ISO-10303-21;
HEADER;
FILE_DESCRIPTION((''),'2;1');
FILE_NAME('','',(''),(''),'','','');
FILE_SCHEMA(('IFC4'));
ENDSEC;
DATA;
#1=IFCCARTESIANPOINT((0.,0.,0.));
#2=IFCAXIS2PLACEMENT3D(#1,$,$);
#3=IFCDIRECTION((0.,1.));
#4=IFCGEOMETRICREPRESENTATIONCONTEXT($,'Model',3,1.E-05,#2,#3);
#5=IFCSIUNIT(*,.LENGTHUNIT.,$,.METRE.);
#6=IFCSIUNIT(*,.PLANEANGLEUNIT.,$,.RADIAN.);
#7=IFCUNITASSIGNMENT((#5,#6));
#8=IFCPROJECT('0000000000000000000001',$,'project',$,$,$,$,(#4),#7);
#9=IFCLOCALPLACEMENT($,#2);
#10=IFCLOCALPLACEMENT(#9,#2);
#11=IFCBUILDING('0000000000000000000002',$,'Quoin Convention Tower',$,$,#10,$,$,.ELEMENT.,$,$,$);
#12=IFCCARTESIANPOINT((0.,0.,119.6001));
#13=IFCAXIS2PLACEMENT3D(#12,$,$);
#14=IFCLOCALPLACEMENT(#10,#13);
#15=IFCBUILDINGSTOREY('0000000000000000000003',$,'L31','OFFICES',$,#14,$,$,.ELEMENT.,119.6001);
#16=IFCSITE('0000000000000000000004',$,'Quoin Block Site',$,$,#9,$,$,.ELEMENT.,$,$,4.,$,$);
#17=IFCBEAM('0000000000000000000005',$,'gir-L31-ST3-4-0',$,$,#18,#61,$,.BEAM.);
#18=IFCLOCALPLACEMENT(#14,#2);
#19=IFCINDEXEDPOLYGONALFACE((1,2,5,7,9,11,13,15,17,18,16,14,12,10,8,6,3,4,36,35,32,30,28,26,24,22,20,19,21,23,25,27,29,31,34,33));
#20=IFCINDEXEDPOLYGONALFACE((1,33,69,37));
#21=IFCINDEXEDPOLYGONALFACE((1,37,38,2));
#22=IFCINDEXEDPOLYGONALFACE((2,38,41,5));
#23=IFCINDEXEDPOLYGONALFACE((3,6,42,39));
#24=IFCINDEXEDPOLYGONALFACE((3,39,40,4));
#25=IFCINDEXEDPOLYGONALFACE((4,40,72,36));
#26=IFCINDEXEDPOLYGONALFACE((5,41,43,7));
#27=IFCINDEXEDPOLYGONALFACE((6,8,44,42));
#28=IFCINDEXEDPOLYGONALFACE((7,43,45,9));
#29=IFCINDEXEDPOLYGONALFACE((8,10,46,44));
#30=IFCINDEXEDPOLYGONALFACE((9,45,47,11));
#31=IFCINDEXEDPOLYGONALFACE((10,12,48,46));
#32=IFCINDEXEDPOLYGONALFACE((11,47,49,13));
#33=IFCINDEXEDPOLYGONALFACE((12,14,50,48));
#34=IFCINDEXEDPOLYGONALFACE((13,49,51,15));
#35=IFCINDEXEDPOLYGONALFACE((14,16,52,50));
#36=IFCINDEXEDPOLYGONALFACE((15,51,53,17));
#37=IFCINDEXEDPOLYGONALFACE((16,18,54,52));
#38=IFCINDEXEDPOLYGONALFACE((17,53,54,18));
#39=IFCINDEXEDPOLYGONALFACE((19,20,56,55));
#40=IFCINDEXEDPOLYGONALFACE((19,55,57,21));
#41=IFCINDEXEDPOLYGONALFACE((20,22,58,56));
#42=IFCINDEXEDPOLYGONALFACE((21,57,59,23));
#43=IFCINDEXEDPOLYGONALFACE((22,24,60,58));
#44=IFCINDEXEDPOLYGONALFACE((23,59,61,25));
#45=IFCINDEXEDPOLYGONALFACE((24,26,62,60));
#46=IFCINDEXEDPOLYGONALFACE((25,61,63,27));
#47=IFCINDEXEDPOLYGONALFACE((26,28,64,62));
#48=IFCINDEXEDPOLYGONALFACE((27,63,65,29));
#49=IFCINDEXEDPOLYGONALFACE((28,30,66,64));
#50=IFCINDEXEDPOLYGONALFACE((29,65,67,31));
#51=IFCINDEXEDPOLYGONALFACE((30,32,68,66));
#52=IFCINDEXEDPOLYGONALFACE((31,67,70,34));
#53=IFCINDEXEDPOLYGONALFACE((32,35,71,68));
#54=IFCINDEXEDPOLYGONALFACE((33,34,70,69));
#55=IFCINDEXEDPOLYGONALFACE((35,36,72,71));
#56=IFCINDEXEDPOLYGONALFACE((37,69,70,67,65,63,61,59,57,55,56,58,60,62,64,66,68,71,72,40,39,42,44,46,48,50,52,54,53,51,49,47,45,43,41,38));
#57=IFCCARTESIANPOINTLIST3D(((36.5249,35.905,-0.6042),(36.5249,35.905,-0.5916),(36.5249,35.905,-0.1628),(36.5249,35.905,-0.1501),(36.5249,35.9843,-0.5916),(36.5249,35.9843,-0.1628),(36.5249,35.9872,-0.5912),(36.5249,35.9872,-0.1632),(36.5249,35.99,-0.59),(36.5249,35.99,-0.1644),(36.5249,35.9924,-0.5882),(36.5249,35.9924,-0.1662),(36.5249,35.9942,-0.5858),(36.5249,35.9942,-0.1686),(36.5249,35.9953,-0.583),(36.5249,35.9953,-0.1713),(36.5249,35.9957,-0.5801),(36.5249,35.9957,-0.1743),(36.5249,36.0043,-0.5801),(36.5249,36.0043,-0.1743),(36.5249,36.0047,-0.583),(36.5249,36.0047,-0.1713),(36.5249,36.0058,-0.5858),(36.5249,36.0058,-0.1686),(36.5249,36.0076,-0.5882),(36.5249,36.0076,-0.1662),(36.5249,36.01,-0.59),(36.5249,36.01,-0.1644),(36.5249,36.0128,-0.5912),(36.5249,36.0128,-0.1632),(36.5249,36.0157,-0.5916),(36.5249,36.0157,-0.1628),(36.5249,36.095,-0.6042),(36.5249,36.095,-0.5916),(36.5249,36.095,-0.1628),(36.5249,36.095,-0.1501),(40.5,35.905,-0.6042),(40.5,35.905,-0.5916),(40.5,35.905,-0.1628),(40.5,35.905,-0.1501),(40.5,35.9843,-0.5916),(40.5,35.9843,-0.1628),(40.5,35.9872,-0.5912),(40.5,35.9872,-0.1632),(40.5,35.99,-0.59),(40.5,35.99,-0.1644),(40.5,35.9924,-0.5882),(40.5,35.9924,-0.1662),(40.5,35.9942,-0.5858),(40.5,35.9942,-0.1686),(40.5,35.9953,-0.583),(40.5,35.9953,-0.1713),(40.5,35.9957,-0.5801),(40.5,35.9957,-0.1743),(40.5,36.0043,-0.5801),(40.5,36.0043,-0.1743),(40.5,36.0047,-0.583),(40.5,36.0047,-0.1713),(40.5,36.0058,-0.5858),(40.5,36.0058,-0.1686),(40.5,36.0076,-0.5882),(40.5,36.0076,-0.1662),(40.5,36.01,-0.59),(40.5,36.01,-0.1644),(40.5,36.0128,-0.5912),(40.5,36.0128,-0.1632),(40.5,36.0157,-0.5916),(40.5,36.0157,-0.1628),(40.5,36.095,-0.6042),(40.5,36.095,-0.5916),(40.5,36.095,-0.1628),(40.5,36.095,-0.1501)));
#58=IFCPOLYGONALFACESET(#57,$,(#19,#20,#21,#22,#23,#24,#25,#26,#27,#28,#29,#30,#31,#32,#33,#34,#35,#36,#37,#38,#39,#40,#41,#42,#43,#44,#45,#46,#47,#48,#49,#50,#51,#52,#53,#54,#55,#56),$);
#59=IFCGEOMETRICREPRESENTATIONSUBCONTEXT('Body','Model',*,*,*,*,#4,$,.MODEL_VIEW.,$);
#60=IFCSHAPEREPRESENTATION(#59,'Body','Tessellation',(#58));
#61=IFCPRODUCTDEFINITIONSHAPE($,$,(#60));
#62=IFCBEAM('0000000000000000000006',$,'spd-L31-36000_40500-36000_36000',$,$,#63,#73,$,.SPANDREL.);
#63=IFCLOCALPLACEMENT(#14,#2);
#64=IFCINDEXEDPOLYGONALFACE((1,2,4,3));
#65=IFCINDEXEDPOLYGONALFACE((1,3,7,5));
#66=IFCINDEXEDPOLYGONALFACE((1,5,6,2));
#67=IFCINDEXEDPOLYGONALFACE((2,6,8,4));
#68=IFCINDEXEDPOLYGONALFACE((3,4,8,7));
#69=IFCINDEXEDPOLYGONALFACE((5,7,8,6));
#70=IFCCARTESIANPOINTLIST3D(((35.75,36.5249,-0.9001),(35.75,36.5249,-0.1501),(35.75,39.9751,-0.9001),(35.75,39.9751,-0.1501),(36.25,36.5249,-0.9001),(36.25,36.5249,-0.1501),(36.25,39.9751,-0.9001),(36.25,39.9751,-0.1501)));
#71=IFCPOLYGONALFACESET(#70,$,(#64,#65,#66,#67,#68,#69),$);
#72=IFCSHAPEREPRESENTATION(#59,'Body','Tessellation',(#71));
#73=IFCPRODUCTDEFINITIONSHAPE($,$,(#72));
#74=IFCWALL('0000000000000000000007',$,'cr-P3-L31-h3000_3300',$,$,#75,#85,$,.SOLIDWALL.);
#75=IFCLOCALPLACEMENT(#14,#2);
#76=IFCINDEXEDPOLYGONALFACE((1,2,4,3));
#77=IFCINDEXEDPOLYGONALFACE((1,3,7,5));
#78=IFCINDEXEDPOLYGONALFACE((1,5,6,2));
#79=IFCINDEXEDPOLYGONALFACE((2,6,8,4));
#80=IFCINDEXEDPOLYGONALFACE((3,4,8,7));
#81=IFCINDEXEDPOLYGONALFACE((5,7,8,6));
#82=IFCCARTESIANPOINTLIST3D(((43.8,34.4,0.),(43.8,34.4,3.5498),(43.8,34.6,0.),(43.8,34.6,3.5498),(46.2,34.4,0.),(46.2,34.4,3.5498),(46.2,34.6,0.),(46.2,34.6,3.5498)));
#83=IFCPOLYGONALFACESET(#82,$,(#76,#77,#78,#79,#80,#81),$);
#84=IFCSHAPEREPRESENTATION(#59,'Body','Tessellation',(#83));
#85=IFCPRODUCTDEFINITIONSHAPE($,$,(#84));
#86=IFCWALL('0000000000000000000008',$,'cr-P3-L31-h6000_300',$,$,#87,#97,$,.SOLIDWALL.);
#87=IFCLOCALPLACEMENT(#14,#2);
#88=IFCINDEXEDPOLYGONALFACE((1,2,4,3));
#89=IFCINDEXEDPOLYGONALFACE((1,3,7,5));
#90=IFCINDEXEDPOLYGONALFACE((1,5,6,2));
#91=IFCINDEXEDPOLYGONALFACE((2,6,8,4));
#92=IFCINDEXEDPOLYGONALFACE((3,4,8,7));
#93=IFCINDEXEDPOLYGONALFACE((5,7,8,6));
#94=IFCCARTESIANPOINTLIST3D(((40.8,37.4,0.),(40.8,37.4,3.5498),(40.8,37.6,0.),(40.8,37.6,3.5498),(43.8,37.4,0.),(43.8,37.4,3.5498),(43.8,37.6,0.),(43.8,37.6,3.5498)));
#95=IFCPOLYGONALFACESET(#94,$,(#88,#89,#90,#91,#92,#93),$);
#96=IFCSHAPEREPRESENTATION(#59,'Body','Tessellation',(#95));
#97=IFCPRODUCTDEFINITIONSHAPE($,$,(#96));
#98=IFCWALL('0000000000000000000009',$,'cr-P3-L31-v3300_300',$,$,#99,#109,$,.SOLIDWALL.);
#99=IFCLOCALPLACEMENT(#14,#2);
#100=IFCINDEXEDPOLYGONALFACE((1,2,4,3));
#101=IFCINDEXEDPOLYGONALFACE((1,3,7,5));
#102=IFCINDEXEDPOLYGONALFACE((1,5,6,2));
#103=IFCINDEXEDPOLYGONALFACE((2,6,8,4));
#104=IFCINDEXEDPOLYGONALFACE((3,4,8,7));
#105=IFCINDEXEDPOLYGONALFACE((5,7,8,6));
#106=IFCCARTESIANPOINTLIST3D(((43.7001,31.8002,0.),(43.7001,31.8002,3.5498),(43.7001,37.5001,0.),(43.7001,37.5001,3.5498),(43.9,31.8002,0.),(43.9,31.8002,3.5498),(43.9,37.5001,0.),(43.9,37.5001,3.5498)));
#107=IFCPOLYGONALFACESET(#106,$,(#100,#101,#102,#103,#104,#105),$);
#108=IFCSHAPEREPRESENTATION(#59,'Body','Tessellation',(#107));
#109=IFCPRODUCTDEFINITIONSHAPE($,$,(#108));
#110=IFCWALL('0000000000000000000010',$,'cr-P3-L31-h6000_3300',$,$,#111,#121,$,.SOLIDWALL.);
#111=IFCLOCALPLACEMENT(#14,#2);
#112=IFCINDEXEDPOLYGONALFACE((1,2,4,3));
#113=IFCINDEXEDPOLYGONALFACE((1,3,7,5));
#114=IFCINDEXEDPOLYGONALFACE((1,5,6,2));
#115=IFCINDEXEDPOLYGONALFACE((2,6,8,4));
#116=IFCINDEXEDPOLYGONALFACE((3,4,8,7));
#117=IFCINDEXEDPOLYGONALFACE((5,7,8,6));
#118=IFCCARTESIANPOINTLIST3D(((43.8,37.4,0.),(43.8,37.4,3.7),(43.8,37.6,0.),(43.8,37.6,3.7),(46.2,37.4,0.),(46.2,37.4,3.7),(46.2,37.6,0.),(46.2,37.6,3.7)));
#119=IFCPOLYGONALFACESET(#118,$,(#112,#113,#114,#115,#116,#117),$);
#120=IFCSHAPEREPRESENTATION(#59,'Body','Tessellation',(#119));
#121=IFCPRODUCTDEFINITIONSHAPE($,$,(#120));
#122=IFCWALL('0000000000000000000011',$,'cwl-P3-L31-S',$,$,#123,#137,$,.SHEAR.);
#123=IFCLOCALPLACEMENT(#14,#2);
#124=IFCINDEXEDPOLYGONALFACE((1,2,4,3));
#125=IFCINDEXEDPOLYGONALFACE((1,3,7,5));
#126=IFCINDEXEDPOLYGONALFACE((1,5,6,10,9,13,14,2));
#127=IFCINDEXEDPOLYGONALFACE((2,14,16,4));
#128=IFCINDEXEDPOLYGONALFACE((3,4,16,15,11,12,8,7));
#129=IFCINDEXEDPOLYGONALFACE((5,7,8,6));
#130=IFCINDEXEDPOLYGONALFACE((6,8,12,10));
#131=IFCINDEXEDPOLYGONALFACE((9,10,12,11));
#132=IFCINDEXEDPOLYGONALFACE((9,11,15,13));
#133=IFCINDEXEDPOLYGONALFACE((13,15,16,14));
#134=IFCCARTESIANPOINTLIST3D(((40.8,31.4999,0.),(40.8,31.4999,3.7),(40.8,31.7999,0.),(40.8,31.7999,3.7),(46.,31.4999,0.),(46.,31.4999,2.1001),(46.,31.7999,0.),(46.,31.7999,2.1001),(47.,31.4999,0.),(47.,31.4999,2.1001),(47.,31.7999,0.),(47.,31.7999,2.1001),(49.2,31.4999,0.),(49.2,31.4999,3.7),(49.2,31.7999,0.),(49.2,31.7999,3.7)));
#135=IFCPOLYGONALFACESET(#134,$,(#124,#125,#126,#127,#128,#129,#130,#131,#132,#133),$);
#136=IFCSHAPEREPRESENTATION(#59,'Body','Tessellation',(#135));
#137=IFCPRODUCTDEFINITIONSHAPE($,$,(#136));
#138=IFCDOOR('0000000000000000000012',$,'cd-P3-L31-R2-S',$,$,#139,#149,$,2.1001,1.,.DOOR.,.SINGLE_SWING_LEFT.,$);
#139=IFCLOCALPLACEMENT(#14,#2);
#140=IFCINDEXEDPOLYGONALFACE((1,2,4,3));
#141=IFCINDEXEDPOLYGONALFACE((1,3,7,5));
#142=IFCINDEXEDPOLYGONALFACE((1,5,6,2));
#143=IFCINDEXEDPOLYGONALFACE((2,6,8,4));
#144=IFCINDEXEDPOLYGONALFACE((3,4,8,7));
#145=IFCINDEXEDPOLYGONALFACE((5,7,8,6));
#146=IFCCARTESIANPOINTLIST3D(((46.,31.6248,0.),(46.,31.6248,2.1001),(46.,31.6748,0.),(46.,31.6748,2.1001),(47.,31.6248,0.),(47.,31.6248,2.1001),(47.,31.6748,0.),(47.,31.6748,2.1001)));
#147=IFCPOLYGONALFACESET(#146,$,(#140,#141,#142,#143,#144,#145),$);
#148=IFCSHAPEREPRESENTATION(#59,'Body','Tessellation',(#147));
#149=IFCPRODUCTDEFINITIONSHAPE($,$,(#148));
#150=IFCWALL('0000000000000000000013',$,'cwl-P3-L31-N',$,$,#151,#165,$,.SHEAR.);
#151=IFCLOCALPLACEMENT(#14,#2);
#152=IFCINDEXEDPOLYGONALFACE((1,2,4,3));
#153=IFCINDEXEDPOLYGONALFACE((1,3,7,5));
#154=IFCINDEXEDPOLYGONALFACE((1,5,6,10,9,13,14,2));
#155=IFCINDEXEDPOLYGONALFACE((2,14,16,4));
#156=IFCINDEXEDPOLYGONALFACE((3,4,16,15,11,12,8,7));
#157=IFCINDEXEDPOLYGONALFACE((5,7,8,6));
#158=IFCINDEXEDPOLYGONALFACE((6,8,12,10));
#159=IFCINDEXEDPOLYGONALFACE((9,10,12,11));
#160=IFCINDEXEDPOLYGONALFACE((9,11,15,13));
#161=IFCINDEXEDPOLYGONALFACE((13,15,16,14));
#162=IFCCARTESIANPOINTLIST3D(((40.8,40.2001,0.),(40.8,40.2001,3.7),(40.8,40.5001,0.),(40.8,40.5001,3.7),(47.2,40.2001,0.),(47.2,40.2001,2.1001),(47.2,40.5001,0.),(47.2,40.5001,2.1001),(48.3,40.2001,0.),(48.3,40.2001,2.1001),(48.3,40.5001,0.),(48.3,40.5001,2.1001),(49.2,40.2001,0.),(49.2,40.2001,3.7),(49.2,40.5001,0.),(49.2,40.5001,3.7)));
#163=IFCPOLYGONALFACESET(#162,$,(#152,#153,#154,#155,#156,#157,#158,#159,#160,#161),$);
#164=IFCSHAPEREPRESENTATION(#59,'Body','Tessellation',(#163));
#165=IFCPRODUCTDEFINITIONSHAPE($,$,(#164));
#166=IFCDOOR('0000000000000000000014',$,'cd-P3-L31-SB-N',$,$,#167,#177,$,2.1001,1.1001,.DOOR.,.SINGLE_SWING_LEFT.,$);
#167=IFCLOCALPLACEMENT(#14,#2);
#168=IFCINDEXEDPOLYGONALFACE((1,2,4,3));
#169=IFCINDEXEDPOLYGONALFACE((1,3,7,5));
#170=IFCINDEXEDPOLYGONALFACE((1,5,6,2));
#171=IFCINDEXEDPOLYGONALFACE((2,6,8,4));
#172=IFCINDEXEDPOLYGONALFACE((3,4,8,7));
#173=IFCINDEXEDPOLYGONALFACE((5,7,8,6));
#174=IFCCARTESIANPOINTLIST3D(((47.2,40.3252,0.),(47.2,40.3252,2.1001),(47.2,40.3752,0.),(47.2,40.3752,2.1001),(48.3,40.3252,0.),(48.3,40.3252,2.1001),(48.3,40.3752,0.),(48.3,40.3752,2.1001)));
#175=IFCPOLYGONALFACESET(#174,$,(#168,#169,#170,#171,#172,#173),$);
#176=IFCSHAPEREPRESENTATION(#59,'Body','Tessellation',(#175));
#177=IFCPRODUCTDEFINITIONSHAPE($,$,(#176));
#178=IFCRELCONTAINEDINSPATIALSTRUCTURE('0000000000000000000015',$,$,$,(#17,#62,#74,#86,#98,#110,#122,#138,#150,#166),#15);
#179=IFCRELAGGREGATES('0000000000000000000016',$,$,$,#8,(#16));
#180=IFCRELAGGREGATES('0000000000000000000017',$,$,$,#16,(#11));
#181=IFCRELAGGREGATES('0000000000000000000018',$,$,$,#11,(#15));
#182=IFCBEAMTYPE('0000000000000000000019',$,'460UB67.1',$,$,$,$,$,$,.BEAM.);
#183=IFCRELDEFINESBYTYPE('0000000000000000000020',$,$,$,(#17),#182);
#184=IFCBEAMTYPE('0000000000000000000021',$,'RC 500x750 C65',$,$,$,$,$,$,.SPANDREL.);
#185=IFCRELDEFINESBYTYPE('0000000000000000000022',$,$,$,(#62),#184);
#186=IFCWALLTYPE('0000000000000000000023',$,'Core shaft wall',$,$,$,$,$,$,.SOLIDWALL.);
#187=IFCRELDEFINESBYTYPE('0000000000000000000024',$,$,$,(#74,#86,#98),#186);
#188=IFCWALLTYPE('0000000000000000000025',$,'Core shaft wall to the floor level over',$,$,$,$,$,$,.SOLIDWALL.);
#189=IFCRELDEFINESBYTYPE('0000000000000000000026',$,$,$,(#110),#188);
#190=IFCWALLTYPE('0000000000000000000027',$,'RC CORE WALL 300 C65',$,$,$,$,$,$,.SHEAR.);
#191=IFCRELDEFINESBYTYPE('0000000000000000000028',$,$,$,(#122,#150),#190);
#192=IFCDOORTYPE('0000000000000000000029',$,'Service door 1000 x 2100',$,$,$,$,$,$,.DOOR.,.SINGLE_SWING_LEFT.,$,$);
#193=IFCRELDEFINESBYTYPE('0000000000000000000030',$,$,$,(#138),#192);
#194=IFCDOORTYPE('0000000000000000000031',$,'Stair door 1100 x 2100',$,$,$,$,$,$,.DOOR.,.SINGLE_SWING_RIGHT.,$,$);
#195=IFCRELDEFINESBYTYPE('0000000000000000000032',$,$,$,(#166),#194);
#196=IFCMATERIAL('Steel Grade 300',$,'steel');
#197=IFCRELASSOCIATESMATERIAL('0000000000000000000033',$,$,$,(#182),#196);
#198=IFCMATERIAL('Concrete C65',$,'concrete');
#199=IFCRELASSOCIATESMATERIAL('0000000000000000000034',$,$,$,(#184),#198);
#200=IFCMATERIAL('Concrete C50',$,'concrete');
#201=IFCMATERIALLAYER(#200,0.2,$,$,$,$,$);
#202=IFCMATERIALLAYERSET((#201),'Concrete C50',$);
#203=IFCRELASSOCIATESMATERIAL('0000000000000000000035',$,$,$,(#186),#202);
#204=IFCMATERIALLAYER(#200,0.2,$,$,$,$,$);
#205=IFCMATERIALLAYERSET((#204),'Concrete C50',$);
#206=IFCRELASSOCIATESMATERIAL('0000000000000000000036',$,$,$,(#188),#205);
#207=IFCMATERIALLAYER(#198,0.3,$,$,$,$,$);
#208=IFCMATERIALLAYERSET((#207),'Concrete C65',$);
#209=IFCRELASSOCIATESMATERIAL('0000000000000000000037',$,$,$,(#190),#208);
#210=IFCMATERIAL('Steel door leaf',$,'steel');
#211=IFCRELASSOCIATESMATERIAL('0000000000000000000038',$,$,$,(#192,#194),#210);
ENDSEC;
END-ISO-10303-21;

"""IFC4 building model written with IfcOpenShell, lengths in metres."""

from ifc_helpers import new_model, si_unit, direction, frame, frame_2d, origin, origin_2d, place, context, subcontext, project, spatial, rectangle, i_section, extrude, material, layer, layer_set, material_profile, profile_set, type_object, element, fill, save


model = new_model("IFC4")

# Units and contexts
model_context = context("Model", 3, precision=1e-05, world=origin(), true_north=direction((0.0, 1.0)))
body_context = subcontext(model_context, "Body", "Model", "MODEL_VIEW")
ifc_project = project(units=[si_unit("LENGTHUNIT", "METRE"), si_unit("PLANEANGLEUNIT", "RADIAN")], contexts=[model_context])

# Site, building, storey
site_placement = place(None, origin())
site = spatial("IfcSite", under=ifc_project, at=site_placement, Name="Quoin Block Site", CompositionType="ELEMENT", RefElevation=4.0)
building_placement = place(site_placement, origin())
building = spatial("IfcBuilding", under=site, at=building_placement, Name="Quoin Convention Tower", CompositionType="ELEMENT")
storey_placement = place(building_placement, frame((0.0, 0.0, 119.6001)))
storey = spatial("IfcBuildingStorey", under=building, at=storey_placement, Name="L31", Description="OFFICES", CompositionType="ELEMENT", Elevation=119.6001)

# Beams
ifc_material_1 = material(Name="Steel Grade 300", Category="steel")
ifc_material_profile_1 = material_profile(ifc_material_1, i_section(OverallWidth=0.1899, OverallDepth=0.4541, WebThickness=0.0085, FlangeThickness=0.0127, FilletRadius=0.0115, at=origin_2d()), Name="460UB67.1")
ifc_profile_set_1 = profile_set([ifc_material_profile_1], Name="Steel Grade 300")
beam_type_1 = type_object("IfcBeamType", Name="460UB67.1", PredefinedType="BEAM", material=ifc_profile_set_1)
beam_1_placement = place(storey_placement, frame((36.5249, 36.0, -0.3772), z_axis=(1.0, 0.0, 0.0), x_axis=(0.0, 1.0, 0.0)))
element("IfcBeam", 1, at=beam_1_placement, inside=storey, type_object=beam_type_1, Name="gir-L31-ST3-4-0", PredefinedType="BEAM", context=body_context, shape_type="SweptSolid", body=[
    extrude(i_section(OverallWidth=0.1899, OverallDepth=0.4541, WebThickness=0.0085, FlangeThickness=0.0127, FilletRadius=0.0115, at=origin_2d()), origin(), (0.0, 0.0, 1.0), 3.9751),
])
ifc_material_2 = material(Name="Concrete C65", Category="concrete")
ifc_material_profile_2 = material_profile(ifc_material_2, rectangle(XDim=0.5, YDim=0.75, at=origin_2d()), Name="RC 500x750")
ifc_profile_set_2 = profile_set([ifc_material_profile_2], Name="Concrete C65")
beam_type_2 = type_object("IfcBeamType", Name="RC 500x750 C65", PredefinedType="SPANDREL", material=ifc_profile_set_2)
beam_2_placement = place(storey_placement, frame((36.0, 39.9751, -0.5251), z_axis=(0.0, -1.0, 0.0), x_axis=(1.0, 0.0, 0.0)))
element("IfcBeam", 2, at=beam_2_placement, inside=storey, type_object=beam_type_2, Name="spd-L31-36000_40500-36000_36000", PredefinedType="SPANDREL", context=body_context, shape_type="SweptSolid", body=[
    extrude(rectangle(XDim=0.5, YDim=0.75, at=origin_2d()), origin(), (0.0, 0.0, 1.0), 3.4502),
])

# Walls
ifc_material_3 = material(Name="Concrete C50", Category="concrete")
ifc_layer_1 = layer(ifc_material_3, 0.2)
ifc_layer_set_1 = layer_set([ifc_layer_1], Name="Concrete C50")
wall_type_1 = type_object("IfcWallType", Name="Core shaft wall", PredefinedType="SOLIDWALL", material=ifc_layer_set_1)
wall_1_placement = place(storey_placement, frame((43.8, 34.5, 0.0), z_axis=(0.0, 0.0, 1.0), x_axis=(1.0, 0.0, 0.0)))
element("IfcWall", 3, at=wall_1_placement, inside=storey, type_object=wall_type_1, Name="cr-P3-L31-h3000_3300", PredefinedType="SOLIDWALL", context=body_context, shape_type="SweptSolid", body=[
    extrude(rectangle(XDim=2.3999, YDim=0.2, at=frame_2d((1.2, 0.0))), origin(), (0.0, 0.0, 1.0), 3.5498),
])
wall_2_placement = place(storey_placement, frame((40.8, 37.5, 0.0), z_axis=(0.0, 0.0, 1.0), x_axis=(1.0, 0.0, 0.0)))
element("IfcWall", 4, at=wall_2_placement, inside=storey, type_object=wall_type_1, Name="cr-P3-L31-h6000_300", PredefinedType="SOLIDWALL", context=body_context, shape_type="SweptSolid", body=[
    extrude(rectangle(XDim=3.0, YDim=0.2, at=frame_2d((1.5, 0.0))), origin(), (0.0, 0.0, 1.0), 3.5498),
])
wall_3_placement = place(storey_placement, frame((43.8, 31.8, 0.0), z_axis=(0.0, 0.0, 1.0), x_axis=(0.0, 1.0, 0.0)))
element("IfcWall", 5, at=wall_3_placement, inside=storey, type_object=wall_type_1, Name="cr-P3-L31-v3300_300", PredefinedType="SOLIDWALL", context=body_context, shape_type="SweptSolid", body=[
    extrude(rectangle(XDim=5.7, YDim=0.2, at=frame_2d((2.8501, 0.0))), origin(), (0.0, 0.0, 1.0), 3.5498),
])
ifc_layer_2 = layer(ifc_material_3, 0.2)
ifc_layer_set_2 = layer_set([ifc_layer_2], Name="Concrete C50")
wall_type_2 = type_object("IfcWallType", Name="Core shaft wall to the floor level over", PredefinedType="SOLIDWALL", material=ifc_layer_set_2)
wall_4_placement = place(storey_placement, frame((43.8, 37.5, 0.0), z_axis=(0.0, 0.0, 1.0), x_axis=(1.0, 0.0, 0.0)))
element("IfcWall", 6, at=wall_4_placement, inside=storey, type_object=wall_type_2, Name="cr-P3-L31-h6000_3300", PredefinedType="SOLIDWALL", context=body_context, shape_type="SweptSolid", body=[
    extrude(rectangle(XDim=2.3999, YDim=0.2, at=frame_2d((1.2, 0.0))), origin(), (0.0, 0.0, 1.0), 3.7),
])

# Walls, openings, doors
ifc_layer_3 = layer(ifc_material_2, 0.3)
ifc_layer_set_3 = layer_set([ifc_layer_3], Name="Concrete C65")
wall_type_3 = type_object("IfcWallType", Name="RC CORE WALL 300 C65", PredefinedType="SHEAR", material=ifc_layer_set_3)
wall_5_placement = place(storey_placement, frame((40.8, 31.6499, 0.0), z_axis=(0.0, 0.0, 1.0), x_axis=(1.0, 0.0, 0.0)))
wall_5 = element("IfcWall", 7, at=wall_5_placement, inside=storey, type_object=wall_type_3, Name="cwl-P3-L31-S", PredefinedType="SHEAR", context=body_context, shape_type="SweptSolid", body=[
    extrude(rectangle(XDim=8.3999, YDim=0.3, at=frame_2d((4.2, 0.0))), origin(), (0.0, 0.0, 1.0), 3.7),
])
opening_1_placement = place(wall_5_placement, frame((5.2, 0.0, 0.0)))
opening_1 = element("IfcOpeningElement", 8, at=opening_1_placement, cuts=wall_5, PredefinedType="OPENING", context=body_context, shape_type="SweptSolid", body=[
    extrude(rectangle(XDim=1.0, YDim=2.1001, at=frame_2d((0.5, 1.05))), frame((0.0, 0.1599, 0.0), z_axis=(0.0, -1.0, 0.0), x_axis=(1.0, 0.0, 0.0)), (0.0, 0.0, 1.0), 0.3201),
])
ifc_material_4 = material(Name="Steel door leaf", Category="steel")
door_type_1 = type_object("IfcDoorType", Name="Service door 1000 x 2100", OperationType="SINGLE_SWING_LEFT", PredefinedType="DOOR", material=ifc_material_4)
door_1_placement = place(opening_1_placement, origin())
door_1 = element("IfcDoor", 9, at=door_1_placement, inside=storey, type_object=door_type_1, Name="cd-P3-L31-R2-S", OperationType="SINGLE_SWING_LEFT", OverallHeight=2.1001, OverallWidth=1.0, PredefinedType="DOOR", context=body_context, shape_type="SweptSolid", body=[
    extrude(rectangle(XDim=1.0, YDim=2.1001, at=frame_2d((0.5, 1.05))), frame((0.0, 0.0249, 0.0), z_axis=(0.0, -1.0, 0.0), x_axis=(1.0, 0.0, 0.0)), (0.0, 0.0, 1.0), 0.05),
])
fill(opening_1, door_1)
wall_6_placement = place(storey_placement, frame((40.8, 40.3501, 0.0), z_axis=(0.0, 0.0, 1.0), x_axis=(1.0, 0.0, 0.0)))
wall_6 = element("IfcWall", 10, at=wall_6_placement, inside=storey, type_object=wall_type_3, Name="cwl-P3-L31-N", PredefinedType="SHEAR", context=body_context, shape_type="SweptSolid", body=[
    extrude(rectangle(XDim=8.3999, YDim=0.3, at=frame_2d((4.2, 0.0))), origin(), (0.0, 0.0, 1.0), 3.7),
])
opening_2_placement = place(wall_6_placement, frame((6.3999, 0.0, 0.0)))
opening_2 = element("IfcOpeningElement", 11, at=opening_2_placement, cuts=wall_6, PredefinedType="OPENING", context=body_context, shape_type="SweptSolid", body=[
    extrude(rectangle(XDim=1.1001, YDim=2.1001, at=frame_2d((0.55, 1.05))), frame((0.0, 0.1599, 0.0), z_axis=(0.0, -1.0, 0.0), x_axis=(1.0, 0.0, 0.0)), (0.0, 0.0, 1.0), 0.3201),
])
door_type_2 = type_object("IfcDoorType", Name="Stair door 1100 x 2100", OperationType="SINGLE_SWING_RIGHT", PredefinedType="DOOR", material=ifc_material_4)
door_2_placement = place(opening_2_placement, frame((1.1001, 0.0, 0.0), z_axis=(0.0, 0.0, 1.0), x_axis=(-1.0, 0.0, 0.0)))
door_2 = element("IfcDoor", 12, at=door_2_placement, inside=storey, type_object=door_type_2, Name="cd-P3-L31-SB-N", OperationType="SINGLE_SWING_LEFT", OverallHeight=2.1001, OverallWidth=1.1001, PredefinedType="DOOR", context=body_context, shape_type="SweptSolid", body=[
    extrude(rectangle(XDim=1.1001, YDim=2.1001, at=frame_2d((0.55, 1.05))), frame((0.0, 0.0249, 0.0), z_axis=(0.0, -1.0, 0.0), x_axis=(1.0, 0.0, 0.0)), (0.0, 0.0, 1.0), 0.05),
])
fill(opening_2, door_2)

save(model, "model.ifc")
